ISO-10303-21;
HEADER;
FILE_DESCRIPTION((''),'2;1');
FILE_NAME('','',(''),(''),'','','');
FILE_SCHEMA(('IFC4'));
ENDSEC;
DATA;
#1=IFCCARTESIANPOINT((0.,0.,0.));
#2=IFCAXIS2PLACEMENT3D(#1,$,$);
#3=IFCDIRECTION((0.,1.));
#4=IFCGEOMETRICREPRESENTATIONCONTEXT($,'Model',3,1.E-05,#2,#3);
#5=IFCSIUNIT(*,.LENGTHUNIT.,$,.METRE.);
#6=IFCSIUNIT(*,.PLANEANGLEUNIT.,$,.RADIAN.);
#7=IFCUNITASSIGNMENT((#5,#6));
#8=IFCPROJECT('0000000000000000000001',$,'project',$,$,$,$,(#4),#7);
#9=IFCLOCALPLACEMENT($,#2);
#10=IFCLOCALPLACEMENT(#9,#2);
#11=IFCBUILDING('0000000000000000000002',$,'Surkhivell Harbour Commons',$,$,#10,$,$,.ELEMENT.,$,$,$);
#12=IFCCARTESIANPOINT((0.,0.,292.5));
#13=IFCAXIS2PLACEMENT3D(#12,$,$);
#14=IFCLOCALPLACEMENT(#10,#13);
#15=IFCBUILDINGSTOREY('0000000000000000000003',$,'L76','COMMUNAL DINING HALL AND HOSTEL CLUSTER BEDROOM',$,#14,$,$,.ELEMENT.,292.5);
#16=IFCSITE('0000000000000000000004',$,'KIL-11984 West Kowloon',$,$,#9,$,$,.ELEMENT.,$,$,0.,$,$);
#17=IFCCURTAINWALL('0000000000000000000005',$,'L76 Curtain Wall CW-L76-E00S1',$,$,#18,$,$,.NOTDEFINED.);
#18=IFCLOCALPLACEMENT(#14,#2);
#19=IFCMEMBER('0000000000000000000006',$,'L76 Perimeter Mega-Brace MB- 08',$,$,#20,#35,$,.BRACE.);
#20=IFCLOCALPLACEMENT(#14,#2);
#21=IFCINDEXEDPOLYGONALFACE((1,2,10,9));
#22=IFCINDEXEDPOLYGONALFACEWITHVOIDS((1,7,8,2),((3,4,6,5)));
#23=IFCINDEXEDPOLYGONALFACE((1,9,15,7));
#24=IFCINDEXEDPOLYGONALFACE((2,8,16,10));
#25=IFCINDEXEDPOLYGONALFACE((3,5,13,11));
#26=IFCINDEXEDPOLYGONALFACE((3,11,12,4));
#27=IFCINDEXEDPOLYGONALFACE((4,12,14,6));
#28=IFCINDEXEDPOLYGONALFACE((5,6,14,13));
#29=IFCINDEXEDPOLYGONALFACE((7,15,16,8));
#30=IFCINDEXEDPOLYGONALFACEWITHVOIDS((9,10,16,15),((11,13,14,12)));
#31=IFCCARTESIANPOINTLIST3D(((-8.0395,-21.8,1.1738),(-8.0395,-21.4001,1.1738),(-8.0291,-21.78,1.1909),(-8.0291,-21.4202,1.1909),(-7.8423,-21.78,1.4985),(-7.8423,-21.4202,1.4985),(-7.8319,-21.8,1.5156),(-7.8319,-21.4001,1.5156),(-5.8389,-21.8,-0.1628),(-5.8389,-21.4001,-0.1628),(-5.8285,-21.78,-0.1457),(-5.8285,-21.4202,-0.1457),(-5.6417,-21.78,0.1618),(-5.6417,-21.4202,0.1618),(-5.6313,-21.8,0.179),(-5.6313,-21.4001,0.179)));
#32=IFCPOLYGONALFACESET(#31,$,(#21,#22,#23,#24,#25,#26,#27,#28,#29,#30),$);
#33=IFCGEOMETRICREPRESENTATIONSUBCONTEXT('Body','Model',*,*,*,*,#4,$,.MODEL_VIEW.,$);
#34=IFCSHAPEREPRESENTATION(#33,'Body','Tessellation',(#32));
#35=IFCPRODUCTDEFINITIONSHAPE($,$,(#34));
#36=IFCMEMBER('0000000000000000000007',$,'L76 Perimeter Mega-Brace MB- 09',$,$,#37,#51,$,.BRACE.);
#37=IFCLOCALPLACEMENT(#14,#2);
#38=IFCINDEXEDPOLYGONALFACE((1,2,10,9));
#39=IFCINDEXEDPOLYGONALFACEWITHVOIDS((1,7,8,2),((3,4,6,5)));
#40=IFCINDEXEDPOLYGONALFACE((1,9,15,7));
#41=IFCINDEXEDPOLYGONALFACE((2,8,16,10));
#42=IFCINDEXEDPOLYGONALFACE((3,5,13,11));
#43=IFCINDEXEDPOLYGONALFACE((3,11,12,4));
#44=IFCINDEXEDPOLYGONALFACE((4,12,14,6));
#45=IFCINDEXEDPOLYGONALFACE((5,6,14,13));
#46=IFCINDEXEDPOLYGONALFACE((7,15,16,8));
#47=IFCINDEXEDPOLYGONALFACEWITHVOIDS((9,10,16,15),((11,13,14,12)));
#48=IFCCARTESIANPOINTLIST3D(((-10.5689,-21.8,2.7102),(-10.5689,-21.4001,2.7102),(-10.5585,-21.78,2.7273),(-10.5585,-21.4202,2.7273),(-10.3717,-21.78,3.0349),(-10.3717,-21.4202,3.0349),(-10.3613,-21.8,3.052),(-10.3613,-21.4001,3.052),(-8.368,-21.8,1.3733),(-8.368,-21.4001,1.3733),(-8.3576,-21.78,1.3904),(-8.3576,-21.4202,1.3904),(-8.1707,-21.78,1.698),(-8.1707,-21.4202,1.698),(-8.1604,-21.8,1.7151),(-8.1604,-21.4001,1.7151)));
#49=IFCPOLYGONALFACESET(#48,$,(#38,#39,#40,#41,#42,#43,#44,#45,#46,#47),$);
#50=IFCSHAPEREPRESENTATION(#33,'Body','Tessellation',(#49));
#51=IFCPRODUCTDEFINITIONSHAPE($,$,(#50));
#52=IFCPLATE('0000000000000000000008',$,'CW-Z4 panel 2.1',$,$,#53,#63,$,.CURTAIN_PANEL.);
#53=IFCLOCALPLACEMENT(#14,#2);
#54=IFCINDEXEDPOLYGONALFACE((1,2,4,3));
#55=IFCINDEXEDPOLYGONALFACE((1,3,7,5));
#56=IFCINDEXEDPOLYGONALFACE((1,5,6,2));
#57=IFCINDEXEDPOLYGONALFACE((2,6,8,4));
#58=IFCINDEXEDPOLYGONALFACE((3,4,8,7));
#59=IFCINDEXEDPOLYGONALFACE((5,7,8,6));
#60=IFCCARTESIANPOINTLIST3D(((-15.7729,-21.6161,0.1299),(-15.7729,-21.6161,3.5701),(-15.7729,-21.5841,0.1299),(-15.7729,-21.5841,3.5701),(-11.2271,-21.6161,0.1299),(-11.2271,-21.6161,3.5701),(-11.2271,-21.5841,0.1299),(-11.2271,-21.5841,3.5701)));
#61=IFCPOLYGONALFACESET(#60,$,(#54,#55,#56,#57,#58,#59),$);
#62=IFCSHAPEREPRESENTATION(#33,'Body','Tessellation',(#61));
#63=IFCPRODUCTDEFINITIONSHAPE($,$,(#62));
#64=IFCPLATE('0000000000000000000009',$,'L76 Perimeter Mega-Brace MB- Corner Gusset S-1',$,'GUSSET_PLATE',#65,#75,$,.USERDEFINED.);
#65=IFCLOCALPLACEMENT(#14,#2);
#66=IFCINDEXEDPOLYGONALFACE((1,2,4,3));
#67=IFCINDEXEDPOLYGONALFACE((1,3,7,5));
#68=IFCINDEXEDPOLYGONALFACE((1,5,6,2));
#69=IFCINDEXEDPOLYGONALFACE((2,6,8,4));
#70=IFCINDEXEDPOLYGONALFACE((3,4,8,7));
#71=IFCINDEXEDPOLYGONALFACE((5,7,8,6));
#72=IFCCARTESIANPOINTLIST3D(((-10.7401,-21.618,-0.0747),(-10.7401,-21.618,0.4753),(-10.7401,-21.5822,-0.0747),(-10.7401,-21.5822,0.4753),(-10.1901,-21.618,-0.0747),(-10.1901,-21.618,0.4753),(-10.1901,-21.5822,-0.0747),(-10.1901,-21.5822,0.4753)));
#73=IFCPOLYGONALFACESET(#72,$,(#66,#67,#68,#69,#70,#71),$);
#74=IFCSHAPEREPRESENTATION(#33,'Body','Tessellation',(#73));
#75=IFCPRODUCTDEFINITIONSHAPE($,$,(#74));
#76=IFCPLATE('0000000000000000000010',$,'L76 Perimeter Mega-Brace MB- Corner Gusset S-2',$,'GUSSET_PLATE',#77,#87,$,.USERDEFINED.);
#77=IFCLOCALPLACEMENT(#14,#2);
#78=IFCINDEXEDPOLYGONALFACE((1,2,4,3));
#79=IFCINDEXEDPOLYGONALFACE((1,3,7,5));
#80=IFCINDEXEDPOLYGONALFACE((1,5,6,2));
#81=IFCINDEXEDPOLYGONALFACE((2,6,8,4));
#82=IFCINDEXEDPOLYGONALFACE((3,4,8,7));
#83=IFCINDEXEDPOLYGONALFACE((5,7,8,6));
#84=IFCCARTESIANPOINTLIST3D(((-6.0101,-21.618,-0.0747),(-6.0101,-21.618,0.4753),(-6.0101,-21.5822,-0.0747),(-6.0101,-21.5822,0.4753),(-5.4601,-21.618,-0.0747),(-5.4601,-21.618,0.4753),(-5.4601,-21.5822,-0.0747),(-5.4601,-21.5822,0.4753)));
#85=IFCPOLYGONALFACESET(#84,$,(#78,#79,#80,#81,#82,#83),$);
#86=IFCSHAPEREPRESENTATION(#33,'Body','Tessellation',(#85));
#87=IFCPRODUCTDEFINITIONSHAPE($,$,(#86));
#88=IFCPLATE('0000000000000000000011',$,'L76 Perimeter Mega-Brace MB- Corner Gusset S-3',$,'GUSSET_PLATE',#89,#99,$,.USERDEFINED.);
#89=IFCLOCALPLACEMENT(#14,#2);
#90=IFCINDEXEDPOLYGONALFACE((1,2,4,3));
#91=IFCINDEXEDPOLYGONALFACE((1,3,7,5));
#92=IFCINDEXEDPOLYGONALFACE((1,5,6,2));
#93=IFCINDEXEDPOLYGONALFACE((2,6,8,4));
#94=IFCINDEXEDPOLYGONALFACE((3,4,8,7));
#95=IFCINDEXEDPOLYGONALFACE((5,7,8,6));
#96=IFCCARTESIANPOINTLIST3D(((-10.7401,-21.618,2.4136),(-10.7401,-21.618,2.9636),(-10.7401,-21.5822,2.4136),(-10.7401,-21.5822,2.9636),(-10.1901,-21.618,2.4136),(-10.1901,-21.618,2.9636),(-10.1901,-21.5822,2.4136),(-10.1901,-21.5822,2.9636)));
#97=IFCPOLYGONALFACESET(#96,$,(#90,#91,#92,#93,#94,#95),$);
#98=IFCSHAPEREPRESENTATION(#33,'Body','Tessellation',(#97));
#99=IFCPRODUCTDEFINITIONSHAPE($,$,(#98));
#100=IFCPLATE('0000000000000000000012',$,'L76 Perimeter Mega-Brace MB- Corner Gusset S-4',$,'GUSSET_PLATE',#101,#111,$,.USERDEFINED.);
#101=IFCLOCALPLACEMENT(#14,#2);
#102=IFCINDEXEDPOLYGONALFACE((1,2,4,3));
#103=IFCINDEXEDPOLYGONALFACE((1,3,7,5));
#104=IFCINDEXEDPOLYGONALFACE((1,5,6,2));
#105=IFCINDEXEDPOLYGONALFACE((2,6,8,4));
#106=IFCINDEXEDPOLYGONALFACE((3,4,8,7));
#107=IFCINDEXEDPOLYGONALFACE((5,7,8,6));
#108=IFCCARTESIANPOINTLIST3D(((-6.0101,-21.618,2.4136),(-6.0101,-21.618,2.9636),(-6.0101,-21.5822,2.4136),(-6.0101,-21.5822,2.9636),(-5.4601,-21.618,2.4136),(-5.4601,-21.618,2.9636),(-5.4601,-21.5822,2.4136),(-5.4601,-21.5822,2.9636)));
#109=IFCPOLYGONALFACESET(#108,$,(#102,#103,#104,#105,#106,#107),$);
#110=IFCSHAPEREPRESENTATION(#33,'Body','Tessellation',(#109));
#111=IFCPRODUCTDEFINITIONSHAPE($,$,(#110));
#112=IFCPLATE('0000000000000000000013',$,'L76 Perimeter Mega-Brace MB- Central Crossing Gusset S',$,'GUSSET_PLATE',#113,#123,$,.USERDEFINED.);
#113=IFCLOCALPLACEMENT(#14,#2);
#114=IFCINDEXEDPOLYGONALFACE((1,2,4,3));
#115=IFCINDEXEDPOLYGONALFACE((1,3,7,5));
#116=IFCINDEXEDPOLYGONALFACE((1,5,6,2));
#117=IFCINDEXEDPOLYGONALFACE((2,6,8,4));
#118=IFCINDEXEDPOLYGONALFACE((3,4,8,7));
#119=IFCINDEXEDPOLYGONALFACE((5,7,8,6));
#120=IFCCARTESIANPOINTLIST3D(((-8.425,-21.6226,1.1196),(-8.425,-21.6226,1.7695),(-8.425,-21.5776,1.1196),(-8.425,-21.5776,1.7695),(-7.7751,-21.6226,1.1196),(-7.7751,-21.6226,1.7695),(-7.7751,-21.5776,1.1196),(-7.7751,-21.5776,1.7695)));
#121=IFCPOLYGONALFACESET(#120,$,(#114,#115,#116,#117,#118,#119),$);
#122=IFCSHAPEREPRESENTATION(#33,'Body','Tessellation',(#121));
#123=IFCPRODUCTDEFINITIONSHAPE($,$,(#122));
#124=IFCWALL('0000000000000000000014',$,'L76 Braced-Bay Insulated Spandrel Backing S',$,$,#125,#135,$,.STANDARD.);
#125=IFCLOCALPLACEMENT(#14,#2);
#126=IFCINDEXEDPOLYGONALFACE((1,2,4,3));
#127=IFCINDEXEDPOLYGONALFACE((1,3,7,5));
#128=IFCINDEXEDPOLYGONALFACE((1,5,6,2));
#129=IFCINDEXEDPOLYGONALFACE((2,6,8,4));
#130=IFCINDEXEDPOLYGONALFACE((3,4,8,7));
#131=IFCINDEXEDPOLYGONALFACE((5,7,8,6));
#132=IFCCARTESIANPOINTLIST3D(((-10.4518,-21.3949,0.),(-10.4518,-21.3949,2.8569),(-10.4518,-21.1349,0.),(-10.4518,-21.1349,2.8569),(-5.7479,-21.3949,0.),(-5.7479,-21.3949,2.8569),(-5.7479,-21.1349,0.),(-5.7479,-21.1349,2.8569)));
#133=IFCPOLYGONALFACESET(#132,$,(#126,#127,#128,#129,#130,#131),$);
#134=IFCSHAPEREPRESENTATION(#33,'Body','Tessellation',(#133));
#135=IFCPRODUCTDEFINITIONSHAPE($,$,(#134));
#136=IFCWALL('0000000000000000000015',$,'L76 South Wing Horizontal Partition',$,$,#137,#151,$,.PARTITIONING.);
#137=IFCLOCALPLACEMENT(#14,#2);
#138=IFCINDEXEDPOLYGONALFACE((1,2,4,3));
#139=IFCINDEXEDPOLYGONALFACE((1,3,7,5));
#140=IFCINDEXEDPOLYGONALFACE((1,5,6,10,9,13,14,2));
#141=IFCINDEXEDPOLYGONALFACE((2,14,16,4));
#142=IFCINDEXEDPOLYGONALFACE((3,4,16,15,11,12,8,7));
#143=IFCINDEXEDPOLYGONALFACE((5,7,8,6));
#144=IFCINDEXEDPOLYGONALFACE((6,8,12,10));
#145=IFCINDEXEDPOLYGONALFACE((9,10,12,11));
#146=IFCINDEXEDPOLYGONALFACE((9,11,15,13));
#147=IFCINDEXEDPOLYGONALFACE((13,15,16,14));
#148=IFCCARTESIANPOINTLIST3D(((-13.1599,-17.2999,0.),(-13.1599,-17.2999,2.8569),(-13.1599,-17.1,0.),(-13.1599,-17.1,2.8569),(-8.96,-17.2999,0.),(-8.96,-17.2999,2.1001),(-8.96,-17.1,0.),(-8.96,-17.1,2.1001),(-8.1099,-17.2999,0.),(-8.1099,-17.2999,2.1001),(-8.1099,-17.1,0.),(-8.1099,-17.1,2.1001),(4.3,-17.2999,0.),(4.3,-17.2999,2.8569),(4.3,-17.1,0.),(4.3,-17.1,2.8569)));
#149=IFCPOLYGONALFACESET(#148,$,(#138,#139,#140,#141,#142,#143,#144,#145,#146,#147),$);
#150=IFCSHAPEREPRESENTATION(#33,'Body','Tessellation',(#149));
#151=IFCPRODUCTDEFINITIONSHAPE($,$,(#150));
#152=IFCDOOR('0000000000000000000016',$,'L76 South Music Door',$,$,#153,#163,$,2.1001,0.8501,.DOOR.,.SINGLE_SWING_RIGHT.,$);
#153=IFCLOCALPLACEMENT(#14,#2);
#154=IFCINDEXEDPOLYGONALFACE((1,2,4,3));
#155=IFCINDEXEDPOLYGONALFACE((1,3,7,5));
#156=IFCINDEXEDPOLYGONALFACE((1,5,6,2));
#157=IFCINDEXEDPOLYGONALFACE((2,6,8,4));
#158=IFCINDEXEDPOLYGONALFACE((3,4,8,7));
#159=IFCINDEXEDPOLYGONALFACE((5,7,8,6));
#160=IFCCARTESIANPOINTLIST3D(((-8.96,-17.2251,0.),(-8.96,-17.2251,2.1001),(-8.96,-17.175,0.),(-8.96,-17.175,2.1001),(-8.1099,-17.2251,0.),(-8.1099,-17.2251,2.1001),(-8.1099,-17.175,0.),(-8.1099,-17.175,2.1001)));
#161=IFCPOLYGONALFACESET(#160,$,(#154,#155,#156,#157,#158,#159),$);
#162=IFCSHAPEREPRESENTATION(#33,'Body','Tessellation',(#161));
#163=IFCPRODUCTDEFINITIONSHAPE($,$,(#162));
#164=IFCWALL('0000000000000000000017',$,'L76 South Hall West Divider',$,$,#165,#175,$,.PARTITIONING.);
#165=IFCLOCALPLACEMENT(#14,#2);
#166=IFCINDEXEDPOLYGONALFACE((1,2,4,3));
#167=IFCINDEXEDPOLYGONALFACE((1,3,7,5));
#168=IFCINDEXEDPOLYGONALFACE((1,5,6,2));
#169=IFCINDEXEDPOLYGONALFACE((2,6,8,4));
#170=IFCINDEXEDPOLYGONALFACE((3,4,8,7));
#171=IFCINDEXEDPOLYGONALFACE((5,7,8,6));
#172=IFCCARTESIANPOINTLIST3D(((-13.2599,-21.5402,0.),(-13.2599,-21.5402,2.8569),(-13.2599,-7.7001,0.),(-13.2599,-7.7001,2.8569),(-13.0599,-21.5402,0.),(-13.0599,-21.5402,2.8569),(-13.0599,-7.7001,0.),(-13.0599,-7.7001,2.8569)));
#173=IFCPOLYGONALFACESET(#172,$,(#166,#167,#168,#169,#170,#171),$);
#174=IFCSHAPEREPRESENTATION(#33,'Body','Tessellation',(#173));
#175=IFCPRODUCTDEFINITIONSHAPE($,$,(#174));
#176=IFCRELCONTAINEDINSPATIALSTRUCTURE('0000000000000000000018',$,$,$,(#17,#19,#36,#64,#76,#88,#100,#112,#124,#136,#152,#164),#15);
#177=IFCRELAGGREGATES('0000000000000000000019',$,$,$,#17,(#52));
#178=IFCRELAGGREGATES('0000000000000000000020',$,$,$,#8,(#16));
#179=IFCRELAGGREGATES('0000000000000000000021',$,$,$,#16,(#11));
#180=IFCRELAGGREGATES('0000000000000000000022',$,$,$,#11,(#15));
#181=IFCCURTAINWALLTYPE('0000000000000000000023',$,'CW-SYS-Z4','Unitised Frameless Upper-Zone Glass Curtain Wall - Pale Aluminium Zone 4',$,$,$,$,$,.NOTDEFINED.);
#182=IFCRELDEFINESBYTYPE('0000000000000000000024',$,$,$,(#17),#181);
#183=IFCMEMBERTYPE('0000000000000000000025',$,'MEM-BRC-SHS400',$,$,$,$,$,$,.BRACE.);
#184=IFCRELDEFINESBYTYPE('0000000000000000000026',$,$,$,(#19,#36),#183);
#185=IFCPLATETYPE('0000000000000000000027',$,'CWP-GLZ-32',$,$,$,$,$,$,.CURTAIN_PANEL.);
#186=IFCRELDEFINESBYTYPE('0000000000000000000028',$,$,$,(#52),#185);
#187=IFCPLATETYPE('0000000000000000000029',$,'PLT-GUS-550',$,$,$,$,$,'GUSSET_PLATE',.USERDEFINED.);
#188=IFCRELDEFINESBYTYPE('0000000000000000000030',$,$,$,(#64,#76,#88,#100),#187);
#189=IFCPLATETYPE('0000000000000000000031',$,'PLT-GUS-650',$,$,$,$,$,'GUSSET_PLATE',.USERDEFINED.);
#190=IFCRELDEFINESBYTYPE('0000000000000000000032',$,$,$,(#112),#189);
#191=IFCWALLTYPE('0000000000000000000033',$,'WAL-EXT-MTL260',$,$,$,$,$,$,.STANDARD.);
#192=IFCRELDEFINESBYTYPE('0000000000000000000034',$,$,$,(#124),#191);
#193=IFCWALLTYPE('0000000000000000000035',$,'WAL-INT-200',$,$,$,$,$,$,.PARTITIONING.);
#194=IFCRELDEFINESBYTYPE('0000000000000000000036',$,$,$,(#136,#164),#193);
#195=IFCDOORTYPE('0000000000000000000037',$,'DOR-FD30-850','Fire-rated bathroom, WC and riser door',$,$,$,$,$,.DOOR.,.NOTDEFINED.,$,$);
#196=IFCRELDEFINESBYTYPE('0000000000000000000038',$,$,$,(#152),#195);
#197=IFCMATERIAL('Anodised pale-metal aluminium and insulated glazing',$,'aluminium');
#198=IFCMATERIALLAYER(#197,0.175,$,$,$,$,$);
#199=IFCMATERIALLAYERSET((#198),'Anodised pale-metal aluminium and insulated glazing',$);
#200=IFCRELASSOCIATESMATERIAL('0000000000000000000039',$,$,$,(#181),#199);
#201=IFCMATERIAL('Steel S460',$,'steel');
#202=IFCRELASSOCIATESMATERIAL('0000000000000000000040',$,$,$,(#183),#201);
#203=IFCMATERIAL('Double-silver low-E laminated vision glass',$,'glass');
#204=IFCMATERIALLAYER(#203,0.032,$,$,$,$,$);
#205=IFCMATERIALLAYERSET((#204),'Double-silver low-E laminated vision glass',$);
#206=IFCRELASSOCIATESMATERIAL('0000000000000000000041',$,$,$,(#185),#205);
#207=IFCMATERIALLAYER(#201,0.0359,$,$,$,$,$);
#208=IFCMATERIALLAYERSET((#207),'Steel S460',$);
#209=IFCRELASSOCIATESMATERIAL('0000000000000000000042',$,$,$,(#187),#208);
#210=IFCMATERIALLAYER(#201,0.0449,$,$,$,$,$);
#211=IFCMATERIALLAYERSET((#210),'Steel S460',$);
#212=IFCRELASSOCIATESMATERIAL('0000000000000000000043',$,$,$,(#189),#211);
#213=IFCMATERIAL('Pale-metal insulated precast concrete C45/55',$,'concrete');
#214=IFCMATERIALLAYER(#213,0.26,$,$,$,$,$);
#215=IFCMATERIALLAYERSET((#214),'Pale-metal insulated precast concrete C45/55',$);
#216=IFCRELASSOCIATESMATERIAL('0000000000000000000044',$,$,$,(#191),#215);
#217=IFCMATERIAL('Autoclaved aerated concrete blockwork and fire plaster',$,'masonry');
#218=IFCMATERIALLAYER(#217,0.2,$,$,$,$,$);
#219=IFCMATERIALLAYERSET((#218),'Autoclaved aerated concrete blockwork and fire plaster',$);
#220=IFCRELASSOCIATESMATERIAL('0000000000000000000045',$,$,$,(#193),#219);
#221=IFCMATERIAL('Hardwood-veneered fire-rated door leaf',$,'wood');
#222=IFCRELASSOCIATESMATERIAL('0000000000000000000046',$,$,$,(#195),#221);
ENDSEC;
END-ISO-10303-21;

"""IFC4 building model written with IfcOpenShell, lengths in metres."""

from ifc_helpers import new_model, si_unit, direction, frame, frame_2d, origin, origin_2d, place, context, subcontext, project, spatial, rectangle, hollow_rectangle, extrude, material, layer, layer_set, material_profile, profile_set, type_object, element, fill, aggregate, save


model = new_model("IFC4")

# Units and contexts
model_context = context("Model", 3, precision=1e-05, world=origin(), true_north=direction((0.0, 1.0)))
body_context = subcontext(model_context, "Body", "Model", "MODEL_VIEW")
ifc_project = project(units=[si_unit("LENGTHUNIT", "METRE"), si_unit("PLANEANGLEUNIT", "RADIAN")], contexts=[model_context])

# Site, building, storey
site_placement = place(None, origin())
site = spatial("IfcSite", under=ifc_project, at=site_placement, Name="KIL-11984 West Kowloon", CompositionType="ELEMENT", RefElevation=0.0)
building_placement = place(site_placement, origin())
building = spatial("IfcBuilding", under=site, at=building_placement, Name="Surkhivell Harbour Commons", CompositionType="ELEMENT")
storey_placement = place(building_placement, frame((0.0, 0.0, 292.5)))
storey = spatial("IfcBuildingStorey", under=building, at=storey_placement, Name="L76", Description="COMMUNAL DINING HALL AND HOSTEL CLUSTER BEDROOM", CompositionType="ELEMENT", Elevation=292.5)

# Curtain wall
ifc_material_1 = material(Name="Anodised pale-metal aluminium and insulated glazing", Category="aluminium")
ifc_layer_1 = layer(ifc_material_1, 0.175)
ifc_layer_set_1 = layer_set([ifc_layer_1], Name="Anodised pale-metal aluminium and insulated glazing")
curtain_wall_type = type_object("IfcCurtainWallType", Name="CW-SYS-Z4", Description="Unitised Frameless Upper-Zone Glass Curtain Wall - Pale Aluminium Zone 4", PredefinedType="NOTDEFINED", material=ifc_layer_set_1)
curtain_wall_placement = place(storey_placement, origin())
curtain_wall = element("IfcCurtainWall", 1, at=curtain_wall_placement, inside=storey, type_object=curtain_wall_type, Name="L76 Curtain Wall CW-L76-E00S1", PredefinedType="NOTDEFINED")

# Members
ifc_material_2 = material(Name="Steel S460", Category="steel")
ifc_material_profile_1 = material_profile(ifc_material_2, hollow_rectangle(XDim=0.3999, YDim=0.3999, WallThickness=0.02, at=origin_2d()), Name="SHS400x400x20")
ifc_profile_set_1 = profile_set([ifc_material_profile_1], Name="Steel S460")
member_type_1 = type_object("IfcMemberType", Name="MEM-BRC-SHS400", PredefinedType="BRACE", material=ifc_profile_set_1)
member_1_placement = place(storey_placement, frame((-5.7351, -21.6001, 0.0081), z_axis=(-0.854694, 0.0, 0.519132), x_axis=(0.0, -1.0, 0.0)))
element("IfcMember", 2, at=member_1_placement, inside=storey, type_object=member_type_1, Name="L76 Perimeter Mega-Brace MB- 08", PredefinedType="BRACE", context=body_context, shape_type="SweptSolid", body=[
    extrude(hollow_rectangle(XDim=0.3999, YDim=0.3999, WallThickness=0.02, at=origin_2d()), origin(), (0.0, 0.0, 1.0), 2.5747),
])
member_2_placement = place(storey_placement, frame((-8.2642, -21.6001, 1.5442), z_axis=(-0.854678, 0.0, 0.519159), x_axis=(0.0, -1.0, 0.0)))
element("IfcMember", 3, at=member_2_placement, inside=storey, type_object=member_type_1, Name="L76 Perimeter Mega-Brace MB- 09", PredefinedType="BRACE", context=body_context, shape_type="SweptSolid", body=[
    extrude(hollow_rectangle(XDim=0.3999, YDim=0.3999, WallThickness=0.02, at=origin_2d()), origin(), (0.0, 0.0, 1.0), 2.5752),
])

# Plate
ifc_material_3 = material(Name="Double-silver low-E laminated vision glass", Category="glass")
ifc_layer_2 = layer(ifc_material_3, 0.032)
ifc_layer_set_2 = layer_set([ifc_layer_2], Name="Double-silver low-E laminated vision glass")
plate_type_1 = type_object("IfcPlateType", Name="CWP-GLZ-32", PredefinedType="CURTAIN_PANEL", material=ifc_layer_set_2)
plate_1_placement = place(storey_placement, frame((-15.7729, -21.6001, 0.1299), z_axis=(0.0, 0.0, 1.0), x_axis=(1.0, 0.0, 0.0)))
plate_1 = element("IfcPlate", 4, at=plate_1_placement, type_object=plate_type_1, Name="CW-Z4 panel 2.1", PredefinedType="CURTAIN_PANEL", context=body_context, shape_type="SweptSolid", body=[
    extrude(rectangle(XDim=4.5459, YDim=0.032, at=frame_2d((2.2729, 0.0))), origin(), (0.0, 0.0, 1.0), 3.4402),
])
aggregate(curtain_wall, [plate_1])

# Plates
ifc_layer_3 = layer(ifc_material_2, 0.0359)
ifc_layer_set_3 = layer_set([ifc_layer_3], Name="Steel S460")
plate_type_2 = type_object("IfcPlateType", Name="PLT-GUS-550", ElementType="GUSSET_PLATE", PredefinedType="USERDEFINED", material=ifc_layer_set_3)
for number, where, z_axis, x_axis, name in (
    (5, (-10.4651, -21.6001, -0.0747), (0.0, 0.0, 1.0), (1.0, 0.0, 0.0), "L76 Perimeter Mega-Brace MB- Corner Gusset S-1"),
    (6, (-5.7351, -21.6001, -0.0747), (0.0, 0.0, 1.0), (1.0, 0.0, 0.0), "L76 Perimeter Mega-Brace MB- Corner Gusset S-2"),
    (7, (-10.4651, -21.6001, 2.4136), (0.0, 0.0, 1.0), (1.0, 0.0, 0.0), "L76 Perimeter Mega-Brace MB- Corner Gusset S-3"),
    (8, (-5.7351, -21.6001, 2.4136), (0.0, 0.0, 1.0), (1.0, 0.0, 0.0), "L76 Perimeter Mega-Brace MB- Corner Gusset S-4"),
):
    element("IfcPlate", number, at=place(storey_placement, frame(where, z_axis=z_axis, x_axis=x_axis)), inside=storey, type_object=plate_type_2, Name=name, ObjectType="GUSSET_PLATE", PredefinedType="USERDEFINED", context=body_context, shape_type="SweptSolid", body=[
        extrude(rectangle(XDim=0.55, YDim=0.0359, at=origin_2d()), origin(), (0.0, 0.0, 1.0), 0.55),
    ])
ifc_layer_4 = layer(ifc_material_2, 0.0449)
ifc_layer_set_4 = layer_set([ifc_layer_4], Name="Steel S460")
plate_type_3 = type_object("IfcPlateType", Name="PLT-GUS-650", ElementType="GUSSET_PLATE", PredefinedType="USERDEFINED", material=ifc_layer_set_4)
plate_2_placement = place(storey_placement, frame((-8.1001, -21.6001, 1.1196), z_axis=(0.0, 0.0, 1.0), x_axis=(1.0, 0.0, 0.0)))
element("IfcPlate", 9, at=plate_2_placement, inside=storey, type_object=plate_type_3, Name="L76 Perimeter Mega-Brace MB- Central Crossing Gusset S", ObjectType="GUSSET_PLATE", PredefinedType="USERDEFINED", context=body_context, shape_type="SweptSolid", body=[
    extrude(rectangle(XDim=0.6499, YDim=0.0449, at=origin_2d()), origin(), (0.0, 0.0, 1.0), 0.6499),
])

# Wall
ifc_material_4 = material(Name="Pale-metal insulated precast concrete C45/55", Category="concrete")
ifc_layer_5 = layer(ifc_material_4, 0.26)
ifc_layer_set_5 = layer_set([ifc_layer_5], Name="Pale-metal insulated precast concrete C45/55")
wall_type_1 = type_object("IfcWallType", Name="WAL-EXT-MTL260", PredefinedType="STANDARD", material=ifc_layer_set_5)
wall_1_placement = place(storey_placement, frame((-10.4519, -21.2649, 0.0), z_axis=(0.0, 0.0, 1.0), x_axis=(1.0, 0.0, 0.0)))
element("IfcWall", 10, at=wall_1_placement, inside=storey, type_object=wall_type_1, Name="L76 Braced-Bay Insulated Spandrel Backing S", PredefinedType="STANDARD", context=body_context, shape_type="SweptSolid", body=[
    extrude(rectangle(XDim=4.7039, YDim=0.26, at=frame_2d((2.3521, 0.0))), origin(), (0.0, 0.0, 1.0), 2.8569),
])

# Wall, opening, door
ifc_material_5 = material(Name="Autoclaved aerated concrete blockwork and fire plaster", Category="masonry")
ifc_layer_6 = layer(ifc_material_5, 0.2)
ifc_layer_set_6 = layer_set([ifc_layer_6], Name="Autoclaved aerated concrete blockwork and fire plaster")
wall_type_2 = type_object("IfcWallType", Name="WAL-INT-200", PredefinedType="PARTITIONING", material=ifc_layer_set_6)
wall_2_placement = place(storey_placement, frame((-13.1599, -17.2, 0.0), z_axis=(0.0, 0.0, 1.0), x_axis=(1.0, 0.0, 0.0)))
wall_2 = element("IfcWall", 11, at=wall_2_placement, inside=storey, type_object=wall_type_2, Name="L76 South Wing Horizontal Partition", PredefinedType="PARTITIONING", context=body_context, shape_type="SweptSolid", body=[
    extrude(rectangle(XDim=17.46, YDim=0.2, at=frame_2d((8.73, 0.0))), origin(), (0.0, 0.0, 1.0), 2.8569),
])
opening_placement = place(wall_2_placement, frame((4.2, 0.0, 0.0)))
opening = element("IfcOpeningElement", 12, at=opening_placement, cuts=wall_2, PredefinedType="OPENING", context=body_context, shape_type="SweptSolid", body=[
    extrude(rectangle(XDim=0.8501, YDim=2.1001, at=frame_2d((0.425, 1.05))), frame((0.0, 0.1099, 0.0), z_axis=(0.0, -1.0, 0.0), x_axis=(1.0, 0.0, 0.0)), (0.0, 0.0, 1.0), 0.22),
])
ifc_material_6 = material(Name="Hardwood-veneered fire-rated door leaf", Category="wood")
door_type = type_object("IfcDoorType", Name="DOR-FD30-850", Description="Fire-rated bathroom, WC and riser door", OperationType="NOTDEFINED", PredefinedType="DOOR", material=ifc_material_6)
door_placement = place(opening_placement, origin())
door = element("IfcDoor", 13, at=door_placement, inside=storey, type_object=door_type, Name="L76 South Music Door", OperationType="SINGLE_SWING_RIGHT", OverallHeight=2.1001, OverallWidth=0.8501, PredefinedType="DOOR", context=body_context, shape_type="SweptSolid", body=[
    extrude(rectangle(XDim=0.8501, YDim=2.1001, at=frame_2d((0.425, 1.05))), frame((0.0, 0.0249, 0.0), z_axis=(0.0, -1.0, 0.0), x_axis=(1.0, 0.0, 0.0)), (0.0, 0.0, 1.0), 0.05),
])
fill(opening, door)

# Wall
wall_3_placement = place(storey_placement, frame((-13.1599, -21.54, 0.0), z_axis=(0.0, 0.0, 1.0), x_axis=(0.0, 1.0, 0.0)))
element("IfcWall", 14, at=wall_3_placement, inside=storey, type_object=wall_type_2, Name="L76 South Hall West Divider", PredefinedType="PARTITIONING", context=body_context, shape_type="SweptSolid", body=[
    extrude(rectangle(XDim=13.8401, YDim=0.2, at=frame_2d((6.9199, 0.0))), origin(), (0.0, 0.0, 1.0), 2.8569),
])

save(model, "model.ifc")
